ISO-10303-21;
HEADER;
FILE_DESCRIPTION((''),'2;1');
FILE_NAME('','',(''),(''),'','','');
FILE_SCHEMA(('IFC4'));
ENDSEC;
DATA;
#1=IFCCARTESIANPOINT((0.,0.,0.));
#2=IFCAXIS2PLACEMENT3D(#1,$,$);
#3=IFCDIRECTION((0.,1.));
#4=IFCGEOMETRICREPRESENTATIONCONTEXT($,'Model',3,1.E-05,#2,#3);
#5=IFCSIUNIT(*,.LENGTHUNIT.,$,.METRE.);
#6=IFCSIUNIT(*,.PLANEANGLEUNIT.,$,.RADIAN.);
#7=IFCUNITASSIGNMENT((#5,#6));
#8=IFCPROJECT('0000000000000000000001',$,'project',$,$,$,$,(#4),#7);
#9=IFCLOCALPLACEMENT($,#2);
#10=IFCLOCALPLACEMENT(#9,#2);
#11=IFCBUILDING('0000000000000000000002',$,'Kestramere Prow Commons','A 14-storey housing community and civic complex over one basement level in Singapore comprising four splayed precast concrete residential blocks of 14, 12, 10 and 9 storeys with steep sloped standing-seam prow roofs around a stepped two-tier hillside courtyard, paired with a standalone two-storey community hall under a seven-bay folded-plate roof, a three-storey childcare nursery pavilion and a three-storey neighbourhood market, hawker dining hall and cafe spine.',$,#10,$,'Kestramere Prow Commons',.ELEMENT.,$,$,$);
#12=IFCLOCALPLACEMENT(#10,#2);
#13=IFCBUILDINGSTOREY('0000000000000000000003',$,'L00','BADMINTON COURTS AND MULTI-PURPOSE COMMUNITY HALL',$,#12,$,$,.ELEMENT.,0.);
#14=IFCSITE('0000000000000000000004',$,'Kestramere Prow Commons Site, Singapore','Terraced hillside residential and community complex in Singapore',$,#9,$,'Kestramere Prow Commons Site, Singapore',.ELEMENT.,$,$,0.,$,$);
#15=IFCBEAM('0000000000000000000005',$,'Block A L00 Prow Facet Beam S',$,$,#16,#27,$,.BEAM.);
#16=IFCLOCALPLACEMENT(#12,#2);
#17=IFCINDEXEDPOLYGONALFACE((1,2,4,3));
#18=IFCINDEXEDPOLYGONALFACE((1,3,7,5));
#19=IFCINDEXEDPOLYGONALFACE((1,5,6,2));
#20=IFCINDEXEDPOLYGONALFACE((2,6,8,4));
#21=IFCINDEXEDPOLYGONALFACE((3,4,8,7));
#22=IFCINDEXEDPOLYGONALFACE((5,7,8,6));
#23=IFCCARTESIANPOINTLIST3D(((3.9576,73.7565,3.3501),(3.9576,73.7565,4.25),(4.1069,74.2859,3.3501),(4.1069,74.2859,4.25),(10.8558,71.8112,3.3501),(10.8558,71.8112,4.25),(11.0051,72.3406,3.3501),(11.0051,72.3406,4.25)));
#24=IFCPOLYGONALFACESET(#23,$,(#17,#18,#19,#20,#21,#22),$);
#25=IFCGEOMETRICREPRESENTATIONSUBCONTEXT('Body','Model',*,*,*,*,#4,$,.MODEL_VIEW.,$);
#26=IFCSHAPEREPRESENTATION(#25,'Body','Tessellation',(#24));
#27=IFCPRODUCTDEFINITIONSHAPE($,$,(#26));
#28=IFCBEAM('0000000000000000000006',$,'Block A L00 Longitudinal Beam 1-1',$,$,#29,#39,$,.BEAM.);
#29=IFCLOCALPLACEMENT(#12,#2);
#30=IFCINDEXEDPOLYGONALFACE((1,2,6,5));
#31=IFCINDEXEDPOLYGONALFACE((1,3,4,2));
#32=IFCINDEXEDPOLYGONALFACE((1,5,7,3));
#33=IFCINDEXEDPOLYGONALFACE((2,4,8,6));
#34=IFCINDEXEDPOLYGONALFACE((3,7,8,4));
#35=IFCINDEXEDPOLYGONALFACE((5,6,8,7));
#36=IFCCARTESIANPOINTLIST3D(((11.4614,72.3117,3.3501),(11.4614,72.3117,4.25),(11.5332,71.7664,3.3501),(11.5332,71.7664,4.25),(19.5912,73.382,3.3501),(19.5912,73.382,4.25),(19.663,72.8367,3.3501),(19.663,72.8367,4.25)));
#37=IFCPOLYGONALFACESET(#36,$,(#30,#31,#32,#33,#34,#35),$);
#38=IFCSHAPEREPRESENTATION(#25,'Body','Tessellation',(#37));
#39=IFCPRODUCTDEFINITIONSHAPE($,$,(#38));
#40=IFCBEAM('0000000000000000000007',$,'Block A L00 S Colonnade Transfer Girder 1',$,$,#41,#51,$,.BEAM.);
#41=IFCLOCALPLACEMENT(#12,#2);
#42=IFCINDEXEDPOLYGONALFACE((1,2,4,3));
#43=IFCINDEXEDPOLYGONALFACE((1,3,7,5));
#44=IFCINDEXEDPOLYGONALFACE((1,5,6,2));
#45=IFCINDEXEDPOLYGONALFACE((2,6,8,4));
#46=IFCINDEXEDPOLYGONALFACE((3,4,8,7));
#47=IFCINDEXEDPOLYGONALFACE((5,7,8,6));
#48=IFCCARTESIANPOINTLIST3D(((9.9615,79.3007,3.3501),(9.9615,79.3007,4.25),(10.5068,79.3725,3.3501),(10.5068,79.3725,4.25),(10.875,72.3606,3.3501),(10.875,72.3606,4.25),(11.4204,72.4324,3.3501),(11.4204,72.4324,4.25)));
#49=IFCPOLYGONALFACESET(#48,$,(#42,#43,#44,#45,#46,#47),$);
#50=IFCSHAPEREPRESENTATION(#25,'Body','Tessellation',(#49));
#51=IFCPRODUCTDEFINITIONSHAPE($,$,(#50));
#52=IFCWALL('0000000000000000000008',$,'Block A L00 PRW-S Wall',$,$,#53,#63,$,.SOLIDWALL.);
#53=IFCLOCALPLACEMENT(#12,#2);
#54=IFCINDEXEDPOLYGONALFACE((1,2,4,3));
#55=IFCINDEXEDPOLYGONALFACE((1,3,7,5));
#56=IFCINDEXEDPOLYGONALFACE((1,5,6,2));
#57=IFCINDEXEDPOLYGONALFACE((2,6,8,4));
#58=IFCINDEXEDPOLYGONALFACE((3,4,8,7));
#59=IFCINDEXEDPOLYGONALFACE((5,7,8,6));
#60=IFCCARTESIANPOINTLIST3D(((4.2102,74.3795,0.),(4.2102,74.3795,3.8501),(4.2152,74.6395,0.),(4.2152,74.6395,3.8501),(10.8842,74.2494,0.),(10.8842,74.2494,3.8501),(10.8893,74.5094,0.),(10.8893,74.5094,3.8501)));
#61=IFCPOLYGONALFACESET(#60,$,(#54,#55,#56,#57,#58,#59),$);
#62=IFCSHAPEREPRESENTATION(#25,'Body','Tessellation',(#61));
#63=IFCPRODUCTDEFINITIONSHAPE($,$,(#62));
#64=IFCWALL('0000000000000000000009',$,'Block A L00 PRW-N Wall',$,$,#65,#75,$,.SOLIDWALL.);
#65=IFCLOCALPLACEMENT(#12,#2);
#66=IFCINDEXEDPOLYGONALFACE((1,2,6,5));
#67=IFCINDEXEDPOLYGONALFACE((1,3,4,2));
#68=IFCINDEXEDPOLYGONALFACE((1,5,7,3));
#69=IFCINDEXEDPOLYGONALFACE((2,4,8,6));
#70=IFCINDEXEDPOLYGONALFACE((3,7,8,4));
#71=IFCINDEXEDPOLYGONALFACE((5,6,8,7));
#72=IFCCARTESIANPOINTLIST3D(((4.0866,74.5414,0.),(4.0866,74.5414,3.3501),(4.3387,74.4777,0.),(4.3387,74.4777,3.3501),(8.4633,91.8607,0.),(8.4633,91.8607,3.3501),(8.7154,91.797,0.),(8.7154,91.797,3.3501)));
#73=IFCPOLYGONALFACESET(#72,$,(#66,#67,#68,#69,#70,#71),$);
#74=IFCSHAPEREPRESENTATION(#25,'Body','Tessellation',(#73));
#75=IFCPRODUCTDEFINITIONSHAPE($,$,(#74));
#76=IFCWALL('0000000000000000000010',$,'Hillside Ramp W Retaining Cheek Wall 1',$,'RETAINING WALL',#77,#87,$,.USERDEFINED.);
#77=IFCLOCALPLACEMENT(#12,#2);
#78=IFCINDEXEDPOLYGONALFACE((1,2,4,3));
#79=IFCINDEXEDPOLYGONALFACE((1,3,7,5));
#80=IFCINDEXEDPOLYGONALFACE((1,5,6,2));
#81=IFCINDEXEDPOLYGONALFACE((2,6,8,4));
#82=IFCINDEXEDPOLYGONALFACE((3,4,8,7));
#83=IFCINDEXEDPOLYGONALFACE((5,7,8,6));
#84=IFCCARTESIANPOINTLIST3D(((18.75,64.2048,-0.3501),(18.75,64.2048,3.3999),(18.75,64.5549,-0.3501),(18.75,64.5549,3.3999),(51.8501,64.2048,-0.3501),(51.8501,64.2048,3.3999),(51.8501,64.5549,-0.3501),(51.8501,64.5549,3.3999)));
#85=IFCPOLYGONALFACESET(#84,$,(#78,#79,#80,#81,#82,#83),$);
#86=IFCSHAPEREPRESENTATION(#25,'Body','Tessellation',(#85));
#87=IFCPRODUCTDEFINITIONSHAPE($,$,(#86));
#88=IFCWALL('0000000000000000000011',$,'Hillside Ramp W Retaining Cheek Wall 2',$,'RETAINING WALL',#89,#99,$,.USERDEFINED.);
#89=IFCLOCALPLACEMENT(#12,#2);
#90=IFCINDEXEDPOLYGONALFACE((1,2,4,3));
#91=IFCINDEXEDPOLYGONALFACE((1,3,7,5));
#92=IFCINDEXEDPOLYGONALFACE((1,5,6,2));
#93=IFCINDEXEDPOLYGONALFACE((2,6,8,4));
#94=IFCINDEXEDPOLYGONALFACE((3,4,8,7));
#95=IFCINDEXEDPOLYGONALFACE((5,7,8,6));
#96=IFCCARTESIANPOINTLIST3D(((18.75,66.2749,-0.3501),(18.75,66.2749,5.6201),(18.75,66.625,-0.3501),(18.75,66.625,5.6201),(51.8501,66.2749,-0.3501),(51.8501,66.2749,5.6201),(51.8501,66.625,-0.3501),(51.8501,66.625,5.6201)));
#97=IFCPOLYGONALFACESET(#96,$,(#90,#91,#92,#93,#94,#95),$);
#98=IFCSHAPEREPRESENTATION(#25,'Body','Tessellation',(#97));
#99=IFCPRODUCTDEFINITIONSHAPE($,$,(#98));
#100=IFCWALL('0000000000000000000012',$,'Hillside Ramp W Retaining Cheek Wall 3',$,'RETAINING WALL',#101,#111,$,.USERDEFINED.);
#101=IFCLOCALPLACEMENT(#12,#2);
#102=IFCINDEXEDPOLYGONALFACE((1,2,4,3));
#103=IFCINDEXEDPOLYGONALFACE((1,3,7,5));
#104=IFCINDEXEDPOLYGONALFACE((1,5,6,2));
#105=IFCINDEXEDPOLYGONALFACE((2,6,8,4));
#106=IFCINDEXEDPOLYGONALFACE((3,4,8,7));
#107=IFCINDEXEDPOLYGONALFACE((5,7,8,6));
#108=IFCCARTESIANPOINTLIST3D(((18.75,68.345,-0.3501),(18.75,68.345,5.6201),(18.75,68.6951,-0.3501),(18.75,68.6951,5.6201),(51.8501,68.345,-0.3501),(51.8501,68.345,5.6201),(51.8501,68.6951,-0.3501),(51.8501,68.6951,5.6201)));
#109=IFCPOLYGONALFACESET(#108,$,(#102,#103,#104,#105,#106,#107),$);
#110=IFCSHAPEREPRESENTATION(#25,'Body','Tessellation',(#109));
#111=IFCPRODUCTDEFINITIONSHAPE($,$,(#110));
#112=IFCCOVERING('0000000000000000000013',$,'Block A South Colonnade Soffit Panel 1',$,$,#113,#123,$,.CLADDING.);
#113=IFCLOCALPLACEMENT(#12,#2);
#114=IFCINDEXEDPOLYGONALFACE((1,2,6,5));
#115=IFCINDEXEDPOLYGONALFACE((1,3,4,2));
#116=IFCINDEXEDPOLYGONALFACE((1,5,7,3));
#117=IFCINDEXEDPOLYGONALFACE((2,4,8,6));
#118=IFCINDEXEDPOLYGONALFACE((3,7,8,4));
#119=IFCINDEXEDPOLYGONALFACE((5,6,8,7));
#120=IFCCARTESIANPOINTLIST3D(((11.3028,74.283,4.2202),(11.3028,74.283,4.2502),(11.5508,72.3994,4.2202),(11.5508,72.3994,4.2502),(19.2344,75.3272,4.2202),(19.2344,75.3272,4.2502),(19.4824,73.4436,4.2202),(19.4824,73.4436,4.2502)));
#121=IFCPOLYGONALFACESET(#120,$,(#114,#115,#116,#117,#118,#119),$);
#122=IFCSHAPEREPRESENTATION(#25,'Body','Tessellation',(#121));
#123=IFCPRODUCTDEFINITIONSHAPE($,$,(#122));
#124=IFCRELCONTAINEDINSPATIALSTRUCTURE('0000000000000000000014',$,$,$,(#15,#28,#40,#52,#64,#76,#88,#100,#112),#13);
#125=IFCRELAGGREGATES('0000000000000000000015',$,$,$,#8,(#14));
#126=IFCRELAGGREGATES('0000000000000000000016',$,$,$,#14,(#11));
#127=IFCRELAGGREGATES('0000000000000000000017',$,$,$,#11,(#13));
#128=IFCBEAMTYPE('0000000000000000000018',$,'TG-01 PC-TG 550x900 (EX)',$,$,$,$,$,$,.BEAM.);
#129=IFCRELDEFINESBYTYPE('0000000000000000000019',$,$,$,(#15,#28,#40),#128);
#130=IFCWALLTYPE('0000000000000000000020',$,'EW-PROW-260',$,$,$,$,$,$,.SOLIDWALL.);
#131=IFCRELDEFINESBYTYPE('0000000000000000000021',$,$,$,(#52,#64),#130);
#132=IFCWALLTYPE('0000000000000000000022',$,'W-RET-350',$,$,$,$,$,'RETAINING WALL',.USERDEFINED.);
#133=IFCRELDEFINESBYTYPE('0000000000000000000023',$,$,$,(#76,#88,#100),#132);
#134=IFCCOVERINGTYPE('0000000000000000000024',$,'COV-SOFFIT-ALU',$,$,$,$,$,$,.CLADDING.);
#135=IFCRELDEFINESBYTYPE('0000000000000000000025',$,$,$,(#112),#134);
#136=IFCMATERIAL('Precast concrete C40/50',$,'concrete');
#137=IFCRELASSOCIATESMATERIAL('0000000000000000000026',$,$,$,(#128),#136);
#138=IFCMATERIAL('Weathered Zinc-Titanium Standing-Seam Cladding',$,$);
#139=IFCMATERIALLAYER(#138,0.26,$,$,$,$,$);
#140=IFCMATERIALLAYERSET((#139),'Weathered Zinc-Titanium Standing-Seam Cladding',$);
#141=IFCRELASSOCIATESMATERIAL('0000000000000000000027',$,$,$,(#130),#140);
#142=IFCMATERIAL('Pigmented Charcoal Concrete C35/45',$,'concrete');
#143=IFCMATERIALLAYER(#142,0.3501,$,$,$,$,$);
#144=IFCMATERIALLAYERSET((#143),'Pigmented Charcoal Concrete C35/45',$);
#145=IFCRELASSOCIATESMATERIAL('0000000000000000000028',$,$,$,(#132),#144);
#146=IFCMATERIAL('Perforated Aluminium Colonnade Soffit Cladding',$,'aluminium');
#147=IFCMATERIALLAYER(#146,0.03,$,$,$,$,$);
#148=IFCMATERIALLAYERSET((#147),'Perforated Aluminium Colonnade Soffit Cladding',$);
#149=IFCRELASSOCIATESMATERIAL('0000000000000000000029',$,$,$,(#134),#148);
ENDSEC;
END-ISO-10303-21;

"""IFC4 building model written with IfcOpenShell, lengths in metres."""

from ifc_helpers import new_model, si_unit, direction, frame, frame_2d, origin, origin_2d, place, context, subcontext, project, spatial, rectangle, extrude, material, layer, layer_set, material_profile, profile_set, type_object, element, save


model = new_model("IFC4")

# Units and contexts
model_context = context("Model", 3, precision=1e-05, world=origin(), true_north=direction((0.0, 1.0)))
body_context = subcontext(model_context, "Body", "Model", "MODEL_VIEW")
ifc_project = project(units=[si_unit("LENGTHUNIT", "METRE"), si_unit("PLANEANGLEUNIT", "RADIAN")], contexts=[model_context])

# Site, building, storey
site_placement = place(None, origin())
site = spatial("IfcSite", under=ifc_project, at=site_placement, Name="Kestramere Prow Commons Site, Singapore", Description="Terraced hillside residential and community complex in Singapore", LongName="Kestramere Prow Commons Site, Singapore", CompositionType="ELEMENT", RefElevation=0.0)
building_placement = place(site_placement, origin())
building = spatial("IfcBuilding", under=site, at=building_placement, Name="Kestramere Prow Commons", Description="A 14-storey housing community and civic complex over one basement level in Singapore comprising four splayed precast concrete residential blocks of 14, 12, 10 and 9 storeys with steep sloped standing-seam prow roofs around a stepped two-tier hillside courtyard, paired with a standalone two-storey community hall under a seven-bay folded-plate roof, a three-storey childcare nursery pavilion and a three-storey neighbourhood market, hawker dining hall and cafe spine.", LongName="Kestramere Prow Commons", CompositionType="ELEMENT")
storey_placement = place(building_placement, origin())
storey = spatial("IfcBuildingStorey", under=building, at=storey_placement, Name="L00", Description="BADMINTON COURTS AND MULTI-PURPOSE COMMUNITY HALL", CompositionType="ELEMENT", Elevation=0.0)

# Shared definitions
ifc_material_1 = material(Name="Precast concrete C40/50", Category="concrete")

# Beams
ifc_material_profile_1 = material_profile(ifc_material_1, rectangle(XDim=0.55, YDim=0.8999, at=origin_2d()), Name="PC-TG 550x900")
ifc_profile_set_1 = profile_set([ifc_material_profile_1], Name="Precast concrete C40/50")
beam_type_1 = type_object("IfcBeamType", Name="TG-01 PC-TG 550x900 (EX)", PredefinedType="BEAM", material=ifc_profile_set_1)
beam_1_placement = place(storey_placement, frame((10.9304, 72.0759, 3.8), z_axis=(-0.962462, 0.271417, 0.0), x_axis=(-0.271417, -0.962462, 0.0)))
element("IfcBeam", 1, at=beam_1_placement, inside=storey, type_object=beam_type_1, Name="Block A L00 Prow Facet Beam S", PredefinedType="BEAM", context=body_context, shape_type="SweptSolid", body=[
    extrude(rectangle(XDim=0.55, YDim=0.8999, at=origin_2d()), origin(), (0.0, 0.0, 1.0), 7.1672),
])
beam_2_placement = place(storey_placement, frame((11.4973, 72.0391, 3.8), z_axis=(0.991445, 0.130525, 0.0), x_axis=(-0.130525, 0.991445, 0.0)))
element("IfcBeam", 2, at=beam_2_placement, inside=storey, type_object=beam_type_1, Name="Block A L00 Longitudinal Beam 1-1", PredefinedType="BEAM", context=body_context, shape_type="SweptSolid", body=[
    extrude(rectangle(XDim=0.55, YDim=0.8999, at=origin_2d()), origin(), (0.0, 0.0, 1.0), 8.2),
])
beam_3_placement = place(storey_placement, frame((11.1477, 72.3965, 3.8), z_axis=(-0.13051, 0.991447, 0.0), x_axis=(-0.991447, -0.13051, 0.0)))
element("IfcBeam", 3, at=beam_3_placement, inside=storey, type_object=beam_type_1, Name="Block A L00 S Colonnade Transfer Girder 1", PredefinedType="BEAM", context=body_context, shape_type="SweptSolid", body=[
    extrude(rectangle(XDim=0.55, YDim=0.8999, at=origin_2d()), origin(), (0.0, 0.0, 1.0), 7.0),
])

# Walls
ifc_material_2 = material(Name="Weathered Zinc-Titanium Standing-Seam Cladding")
ifc_layer_1 = layer(ifc_material_2, 0.26)
ifc_layer_set_1 = layer_set([ifc_layer_1], Name="Weathered Zinc-Titanium Standing-Seam Cladding")
wall_type_1 = type_object("IfcWallType", Name="EW-PROW-260", PredefinedType="SOLIDWALL", material=ifc_layer_set_1)
wall_1_placement = place(storey_placement, frame((10.8867, 74.3794, 0.0), z_axis=(0.0, 0.0, 1.0), x_axis=(-0.99981, 0.019494, 0.0)))
element("IfcWall", 4, at=wall_1_placement, inside=storey, type_object=wall_type_1, Name="Block A L00 PRW-S Wall", PredefinedType="SOLIDWALL", context=body_context, shape_type="SweptSolid", body=[
    extrude(rectangle(XDim=6.6753, YDim=0.26, at=frame_2d((3.3376, 0.0))), origin(), (0.0, 0.0, 1.0), 3.8501),
])
wall_2_placement = place(storey_placement, frame((4.2126, 74.5095, 0.0), z_axis=(0.0, 0.0, 1.0), x_axis=(0.245005, 0.969522, 0.0)))
element("IfcWall", 5, at=wall_2_placement, inside=storey, type_object=wall_type_1, Name="Block A L00 PRW-N Wall", PredefinedType="SOLIDWALL", context=body_context, shape_type="SweptSolid", body=[
    extrude(rectangle(XDim=17.8638, YDim=0.26, at=frame_2d((8.9319, 0.0))), origin(), (0.0, 0.0, 1.0), 3.3501),
])
ifc_material_3 = material(Name="Pigmented Charcoal Concrete C35/45", Category="concrete")
ifc_layer_2 = layer(ifc_material_3, 0.3501)
ifc_layer_set_2 = layer_set([ifc_layer_2], Name="Pigmented Charcoal Concrete C35/45")
wall_type_2 = type_object("IfcWallType", Name="W-RET-350", ElementType="RETAINING WALL", PredefinedType="USERDEFINED", material=ifc_layer_set_2)
wall_3_placement = place(storey_placement, frame((18.75, 64.3799, -0.3501), z_axis=(0.0, 0.0, 1.0), x_axis=(1.0, 0.0, 0.0)))
element("IfcWall", 6, at=wall_3_placement, inside=storey, type_object=wall_type_2, Name="Hillside Ramp W Retaining Cheek Wall 1", ObjectType="RETAINING WALL", PredefinedType="USERDEFINED", context=body_context, shape_type="SweptSolid", body=[
    extrude(rectangle(XDim=33.1001, YDim=0.3501, at=frame_2d((16.55, 0.0))), origin(), (0.0, 0.0, 1.0), 3.75),
])
for number, where, z_axis, x_axis, name in (
    (7, (18.75, 66.45, -0.3501), (0.0, 0.0, 1.0), (1.0, 0.0, 0.0), "Hillside Ramp W Retaining Cheek Wall 2"),
    (8, (18.75, 68.52, -0.3501), (0.0, 0.0, 1.0), (1.0, 0.0, 0.0), "Hillside Ramp W Retaining Cheek Wall 3"),
):
    element("IfcWall", number, at=place(storey_placement, frame(where, z_axis=z_axis, x_axis=x_axis)), inside=storey, type_object=wall_type_2, Name=name, ObjectType="RETAINING WALL", PredefinedType="USERDEFINED", context=body_context, shape_type="SweptSolid", body=[
        extrude(rectangle(XDim=33.1001, YDim=0.3501, at=frame_2d((16.55, 0.0))), origin(), (0.0, 0.0, 1.0), 5.9702),
    ])

# Covering
ifc_material_4 = material(Name="Perforated Aluminium Colonnade Soffit Cladding", Category="aluminium")
ifc_layer_3 = layer(ifc_material_4, 0.03)
ifc_layer_set_3 = layer_set([ifc_layer_3], Name="Perforated Aluminium Colonnade Soffit Cladding")
covering_type = type_object("IfcCoveringType", Name="COV-SOFFIT-ALU", PredefinedType="CLADDING", material=ifc_layer_set_3)
covering_placement = place(storey_placement, frame((15.3926, 73.8633, 4.2202), z_axis=(0.0, 0.0, 1.0), x_axis=(0.991445, 0.130526, 0.0)))
element("IfcCovering", 9, at=covering_placement, inside=storey, type_object=covering_type, Name="Block A South Colonnade Soffit Panel 1", PredefinedType="CLADDING", context=body_context, shape_type="SweptSolid", body=[
    extrude(rectangle(XDim=8.0, YDim=1.8999, at=origin_2d()), origin(), (0.0, 0.0, 1.0), 0.03),
])

save(model, "model.ifc")
